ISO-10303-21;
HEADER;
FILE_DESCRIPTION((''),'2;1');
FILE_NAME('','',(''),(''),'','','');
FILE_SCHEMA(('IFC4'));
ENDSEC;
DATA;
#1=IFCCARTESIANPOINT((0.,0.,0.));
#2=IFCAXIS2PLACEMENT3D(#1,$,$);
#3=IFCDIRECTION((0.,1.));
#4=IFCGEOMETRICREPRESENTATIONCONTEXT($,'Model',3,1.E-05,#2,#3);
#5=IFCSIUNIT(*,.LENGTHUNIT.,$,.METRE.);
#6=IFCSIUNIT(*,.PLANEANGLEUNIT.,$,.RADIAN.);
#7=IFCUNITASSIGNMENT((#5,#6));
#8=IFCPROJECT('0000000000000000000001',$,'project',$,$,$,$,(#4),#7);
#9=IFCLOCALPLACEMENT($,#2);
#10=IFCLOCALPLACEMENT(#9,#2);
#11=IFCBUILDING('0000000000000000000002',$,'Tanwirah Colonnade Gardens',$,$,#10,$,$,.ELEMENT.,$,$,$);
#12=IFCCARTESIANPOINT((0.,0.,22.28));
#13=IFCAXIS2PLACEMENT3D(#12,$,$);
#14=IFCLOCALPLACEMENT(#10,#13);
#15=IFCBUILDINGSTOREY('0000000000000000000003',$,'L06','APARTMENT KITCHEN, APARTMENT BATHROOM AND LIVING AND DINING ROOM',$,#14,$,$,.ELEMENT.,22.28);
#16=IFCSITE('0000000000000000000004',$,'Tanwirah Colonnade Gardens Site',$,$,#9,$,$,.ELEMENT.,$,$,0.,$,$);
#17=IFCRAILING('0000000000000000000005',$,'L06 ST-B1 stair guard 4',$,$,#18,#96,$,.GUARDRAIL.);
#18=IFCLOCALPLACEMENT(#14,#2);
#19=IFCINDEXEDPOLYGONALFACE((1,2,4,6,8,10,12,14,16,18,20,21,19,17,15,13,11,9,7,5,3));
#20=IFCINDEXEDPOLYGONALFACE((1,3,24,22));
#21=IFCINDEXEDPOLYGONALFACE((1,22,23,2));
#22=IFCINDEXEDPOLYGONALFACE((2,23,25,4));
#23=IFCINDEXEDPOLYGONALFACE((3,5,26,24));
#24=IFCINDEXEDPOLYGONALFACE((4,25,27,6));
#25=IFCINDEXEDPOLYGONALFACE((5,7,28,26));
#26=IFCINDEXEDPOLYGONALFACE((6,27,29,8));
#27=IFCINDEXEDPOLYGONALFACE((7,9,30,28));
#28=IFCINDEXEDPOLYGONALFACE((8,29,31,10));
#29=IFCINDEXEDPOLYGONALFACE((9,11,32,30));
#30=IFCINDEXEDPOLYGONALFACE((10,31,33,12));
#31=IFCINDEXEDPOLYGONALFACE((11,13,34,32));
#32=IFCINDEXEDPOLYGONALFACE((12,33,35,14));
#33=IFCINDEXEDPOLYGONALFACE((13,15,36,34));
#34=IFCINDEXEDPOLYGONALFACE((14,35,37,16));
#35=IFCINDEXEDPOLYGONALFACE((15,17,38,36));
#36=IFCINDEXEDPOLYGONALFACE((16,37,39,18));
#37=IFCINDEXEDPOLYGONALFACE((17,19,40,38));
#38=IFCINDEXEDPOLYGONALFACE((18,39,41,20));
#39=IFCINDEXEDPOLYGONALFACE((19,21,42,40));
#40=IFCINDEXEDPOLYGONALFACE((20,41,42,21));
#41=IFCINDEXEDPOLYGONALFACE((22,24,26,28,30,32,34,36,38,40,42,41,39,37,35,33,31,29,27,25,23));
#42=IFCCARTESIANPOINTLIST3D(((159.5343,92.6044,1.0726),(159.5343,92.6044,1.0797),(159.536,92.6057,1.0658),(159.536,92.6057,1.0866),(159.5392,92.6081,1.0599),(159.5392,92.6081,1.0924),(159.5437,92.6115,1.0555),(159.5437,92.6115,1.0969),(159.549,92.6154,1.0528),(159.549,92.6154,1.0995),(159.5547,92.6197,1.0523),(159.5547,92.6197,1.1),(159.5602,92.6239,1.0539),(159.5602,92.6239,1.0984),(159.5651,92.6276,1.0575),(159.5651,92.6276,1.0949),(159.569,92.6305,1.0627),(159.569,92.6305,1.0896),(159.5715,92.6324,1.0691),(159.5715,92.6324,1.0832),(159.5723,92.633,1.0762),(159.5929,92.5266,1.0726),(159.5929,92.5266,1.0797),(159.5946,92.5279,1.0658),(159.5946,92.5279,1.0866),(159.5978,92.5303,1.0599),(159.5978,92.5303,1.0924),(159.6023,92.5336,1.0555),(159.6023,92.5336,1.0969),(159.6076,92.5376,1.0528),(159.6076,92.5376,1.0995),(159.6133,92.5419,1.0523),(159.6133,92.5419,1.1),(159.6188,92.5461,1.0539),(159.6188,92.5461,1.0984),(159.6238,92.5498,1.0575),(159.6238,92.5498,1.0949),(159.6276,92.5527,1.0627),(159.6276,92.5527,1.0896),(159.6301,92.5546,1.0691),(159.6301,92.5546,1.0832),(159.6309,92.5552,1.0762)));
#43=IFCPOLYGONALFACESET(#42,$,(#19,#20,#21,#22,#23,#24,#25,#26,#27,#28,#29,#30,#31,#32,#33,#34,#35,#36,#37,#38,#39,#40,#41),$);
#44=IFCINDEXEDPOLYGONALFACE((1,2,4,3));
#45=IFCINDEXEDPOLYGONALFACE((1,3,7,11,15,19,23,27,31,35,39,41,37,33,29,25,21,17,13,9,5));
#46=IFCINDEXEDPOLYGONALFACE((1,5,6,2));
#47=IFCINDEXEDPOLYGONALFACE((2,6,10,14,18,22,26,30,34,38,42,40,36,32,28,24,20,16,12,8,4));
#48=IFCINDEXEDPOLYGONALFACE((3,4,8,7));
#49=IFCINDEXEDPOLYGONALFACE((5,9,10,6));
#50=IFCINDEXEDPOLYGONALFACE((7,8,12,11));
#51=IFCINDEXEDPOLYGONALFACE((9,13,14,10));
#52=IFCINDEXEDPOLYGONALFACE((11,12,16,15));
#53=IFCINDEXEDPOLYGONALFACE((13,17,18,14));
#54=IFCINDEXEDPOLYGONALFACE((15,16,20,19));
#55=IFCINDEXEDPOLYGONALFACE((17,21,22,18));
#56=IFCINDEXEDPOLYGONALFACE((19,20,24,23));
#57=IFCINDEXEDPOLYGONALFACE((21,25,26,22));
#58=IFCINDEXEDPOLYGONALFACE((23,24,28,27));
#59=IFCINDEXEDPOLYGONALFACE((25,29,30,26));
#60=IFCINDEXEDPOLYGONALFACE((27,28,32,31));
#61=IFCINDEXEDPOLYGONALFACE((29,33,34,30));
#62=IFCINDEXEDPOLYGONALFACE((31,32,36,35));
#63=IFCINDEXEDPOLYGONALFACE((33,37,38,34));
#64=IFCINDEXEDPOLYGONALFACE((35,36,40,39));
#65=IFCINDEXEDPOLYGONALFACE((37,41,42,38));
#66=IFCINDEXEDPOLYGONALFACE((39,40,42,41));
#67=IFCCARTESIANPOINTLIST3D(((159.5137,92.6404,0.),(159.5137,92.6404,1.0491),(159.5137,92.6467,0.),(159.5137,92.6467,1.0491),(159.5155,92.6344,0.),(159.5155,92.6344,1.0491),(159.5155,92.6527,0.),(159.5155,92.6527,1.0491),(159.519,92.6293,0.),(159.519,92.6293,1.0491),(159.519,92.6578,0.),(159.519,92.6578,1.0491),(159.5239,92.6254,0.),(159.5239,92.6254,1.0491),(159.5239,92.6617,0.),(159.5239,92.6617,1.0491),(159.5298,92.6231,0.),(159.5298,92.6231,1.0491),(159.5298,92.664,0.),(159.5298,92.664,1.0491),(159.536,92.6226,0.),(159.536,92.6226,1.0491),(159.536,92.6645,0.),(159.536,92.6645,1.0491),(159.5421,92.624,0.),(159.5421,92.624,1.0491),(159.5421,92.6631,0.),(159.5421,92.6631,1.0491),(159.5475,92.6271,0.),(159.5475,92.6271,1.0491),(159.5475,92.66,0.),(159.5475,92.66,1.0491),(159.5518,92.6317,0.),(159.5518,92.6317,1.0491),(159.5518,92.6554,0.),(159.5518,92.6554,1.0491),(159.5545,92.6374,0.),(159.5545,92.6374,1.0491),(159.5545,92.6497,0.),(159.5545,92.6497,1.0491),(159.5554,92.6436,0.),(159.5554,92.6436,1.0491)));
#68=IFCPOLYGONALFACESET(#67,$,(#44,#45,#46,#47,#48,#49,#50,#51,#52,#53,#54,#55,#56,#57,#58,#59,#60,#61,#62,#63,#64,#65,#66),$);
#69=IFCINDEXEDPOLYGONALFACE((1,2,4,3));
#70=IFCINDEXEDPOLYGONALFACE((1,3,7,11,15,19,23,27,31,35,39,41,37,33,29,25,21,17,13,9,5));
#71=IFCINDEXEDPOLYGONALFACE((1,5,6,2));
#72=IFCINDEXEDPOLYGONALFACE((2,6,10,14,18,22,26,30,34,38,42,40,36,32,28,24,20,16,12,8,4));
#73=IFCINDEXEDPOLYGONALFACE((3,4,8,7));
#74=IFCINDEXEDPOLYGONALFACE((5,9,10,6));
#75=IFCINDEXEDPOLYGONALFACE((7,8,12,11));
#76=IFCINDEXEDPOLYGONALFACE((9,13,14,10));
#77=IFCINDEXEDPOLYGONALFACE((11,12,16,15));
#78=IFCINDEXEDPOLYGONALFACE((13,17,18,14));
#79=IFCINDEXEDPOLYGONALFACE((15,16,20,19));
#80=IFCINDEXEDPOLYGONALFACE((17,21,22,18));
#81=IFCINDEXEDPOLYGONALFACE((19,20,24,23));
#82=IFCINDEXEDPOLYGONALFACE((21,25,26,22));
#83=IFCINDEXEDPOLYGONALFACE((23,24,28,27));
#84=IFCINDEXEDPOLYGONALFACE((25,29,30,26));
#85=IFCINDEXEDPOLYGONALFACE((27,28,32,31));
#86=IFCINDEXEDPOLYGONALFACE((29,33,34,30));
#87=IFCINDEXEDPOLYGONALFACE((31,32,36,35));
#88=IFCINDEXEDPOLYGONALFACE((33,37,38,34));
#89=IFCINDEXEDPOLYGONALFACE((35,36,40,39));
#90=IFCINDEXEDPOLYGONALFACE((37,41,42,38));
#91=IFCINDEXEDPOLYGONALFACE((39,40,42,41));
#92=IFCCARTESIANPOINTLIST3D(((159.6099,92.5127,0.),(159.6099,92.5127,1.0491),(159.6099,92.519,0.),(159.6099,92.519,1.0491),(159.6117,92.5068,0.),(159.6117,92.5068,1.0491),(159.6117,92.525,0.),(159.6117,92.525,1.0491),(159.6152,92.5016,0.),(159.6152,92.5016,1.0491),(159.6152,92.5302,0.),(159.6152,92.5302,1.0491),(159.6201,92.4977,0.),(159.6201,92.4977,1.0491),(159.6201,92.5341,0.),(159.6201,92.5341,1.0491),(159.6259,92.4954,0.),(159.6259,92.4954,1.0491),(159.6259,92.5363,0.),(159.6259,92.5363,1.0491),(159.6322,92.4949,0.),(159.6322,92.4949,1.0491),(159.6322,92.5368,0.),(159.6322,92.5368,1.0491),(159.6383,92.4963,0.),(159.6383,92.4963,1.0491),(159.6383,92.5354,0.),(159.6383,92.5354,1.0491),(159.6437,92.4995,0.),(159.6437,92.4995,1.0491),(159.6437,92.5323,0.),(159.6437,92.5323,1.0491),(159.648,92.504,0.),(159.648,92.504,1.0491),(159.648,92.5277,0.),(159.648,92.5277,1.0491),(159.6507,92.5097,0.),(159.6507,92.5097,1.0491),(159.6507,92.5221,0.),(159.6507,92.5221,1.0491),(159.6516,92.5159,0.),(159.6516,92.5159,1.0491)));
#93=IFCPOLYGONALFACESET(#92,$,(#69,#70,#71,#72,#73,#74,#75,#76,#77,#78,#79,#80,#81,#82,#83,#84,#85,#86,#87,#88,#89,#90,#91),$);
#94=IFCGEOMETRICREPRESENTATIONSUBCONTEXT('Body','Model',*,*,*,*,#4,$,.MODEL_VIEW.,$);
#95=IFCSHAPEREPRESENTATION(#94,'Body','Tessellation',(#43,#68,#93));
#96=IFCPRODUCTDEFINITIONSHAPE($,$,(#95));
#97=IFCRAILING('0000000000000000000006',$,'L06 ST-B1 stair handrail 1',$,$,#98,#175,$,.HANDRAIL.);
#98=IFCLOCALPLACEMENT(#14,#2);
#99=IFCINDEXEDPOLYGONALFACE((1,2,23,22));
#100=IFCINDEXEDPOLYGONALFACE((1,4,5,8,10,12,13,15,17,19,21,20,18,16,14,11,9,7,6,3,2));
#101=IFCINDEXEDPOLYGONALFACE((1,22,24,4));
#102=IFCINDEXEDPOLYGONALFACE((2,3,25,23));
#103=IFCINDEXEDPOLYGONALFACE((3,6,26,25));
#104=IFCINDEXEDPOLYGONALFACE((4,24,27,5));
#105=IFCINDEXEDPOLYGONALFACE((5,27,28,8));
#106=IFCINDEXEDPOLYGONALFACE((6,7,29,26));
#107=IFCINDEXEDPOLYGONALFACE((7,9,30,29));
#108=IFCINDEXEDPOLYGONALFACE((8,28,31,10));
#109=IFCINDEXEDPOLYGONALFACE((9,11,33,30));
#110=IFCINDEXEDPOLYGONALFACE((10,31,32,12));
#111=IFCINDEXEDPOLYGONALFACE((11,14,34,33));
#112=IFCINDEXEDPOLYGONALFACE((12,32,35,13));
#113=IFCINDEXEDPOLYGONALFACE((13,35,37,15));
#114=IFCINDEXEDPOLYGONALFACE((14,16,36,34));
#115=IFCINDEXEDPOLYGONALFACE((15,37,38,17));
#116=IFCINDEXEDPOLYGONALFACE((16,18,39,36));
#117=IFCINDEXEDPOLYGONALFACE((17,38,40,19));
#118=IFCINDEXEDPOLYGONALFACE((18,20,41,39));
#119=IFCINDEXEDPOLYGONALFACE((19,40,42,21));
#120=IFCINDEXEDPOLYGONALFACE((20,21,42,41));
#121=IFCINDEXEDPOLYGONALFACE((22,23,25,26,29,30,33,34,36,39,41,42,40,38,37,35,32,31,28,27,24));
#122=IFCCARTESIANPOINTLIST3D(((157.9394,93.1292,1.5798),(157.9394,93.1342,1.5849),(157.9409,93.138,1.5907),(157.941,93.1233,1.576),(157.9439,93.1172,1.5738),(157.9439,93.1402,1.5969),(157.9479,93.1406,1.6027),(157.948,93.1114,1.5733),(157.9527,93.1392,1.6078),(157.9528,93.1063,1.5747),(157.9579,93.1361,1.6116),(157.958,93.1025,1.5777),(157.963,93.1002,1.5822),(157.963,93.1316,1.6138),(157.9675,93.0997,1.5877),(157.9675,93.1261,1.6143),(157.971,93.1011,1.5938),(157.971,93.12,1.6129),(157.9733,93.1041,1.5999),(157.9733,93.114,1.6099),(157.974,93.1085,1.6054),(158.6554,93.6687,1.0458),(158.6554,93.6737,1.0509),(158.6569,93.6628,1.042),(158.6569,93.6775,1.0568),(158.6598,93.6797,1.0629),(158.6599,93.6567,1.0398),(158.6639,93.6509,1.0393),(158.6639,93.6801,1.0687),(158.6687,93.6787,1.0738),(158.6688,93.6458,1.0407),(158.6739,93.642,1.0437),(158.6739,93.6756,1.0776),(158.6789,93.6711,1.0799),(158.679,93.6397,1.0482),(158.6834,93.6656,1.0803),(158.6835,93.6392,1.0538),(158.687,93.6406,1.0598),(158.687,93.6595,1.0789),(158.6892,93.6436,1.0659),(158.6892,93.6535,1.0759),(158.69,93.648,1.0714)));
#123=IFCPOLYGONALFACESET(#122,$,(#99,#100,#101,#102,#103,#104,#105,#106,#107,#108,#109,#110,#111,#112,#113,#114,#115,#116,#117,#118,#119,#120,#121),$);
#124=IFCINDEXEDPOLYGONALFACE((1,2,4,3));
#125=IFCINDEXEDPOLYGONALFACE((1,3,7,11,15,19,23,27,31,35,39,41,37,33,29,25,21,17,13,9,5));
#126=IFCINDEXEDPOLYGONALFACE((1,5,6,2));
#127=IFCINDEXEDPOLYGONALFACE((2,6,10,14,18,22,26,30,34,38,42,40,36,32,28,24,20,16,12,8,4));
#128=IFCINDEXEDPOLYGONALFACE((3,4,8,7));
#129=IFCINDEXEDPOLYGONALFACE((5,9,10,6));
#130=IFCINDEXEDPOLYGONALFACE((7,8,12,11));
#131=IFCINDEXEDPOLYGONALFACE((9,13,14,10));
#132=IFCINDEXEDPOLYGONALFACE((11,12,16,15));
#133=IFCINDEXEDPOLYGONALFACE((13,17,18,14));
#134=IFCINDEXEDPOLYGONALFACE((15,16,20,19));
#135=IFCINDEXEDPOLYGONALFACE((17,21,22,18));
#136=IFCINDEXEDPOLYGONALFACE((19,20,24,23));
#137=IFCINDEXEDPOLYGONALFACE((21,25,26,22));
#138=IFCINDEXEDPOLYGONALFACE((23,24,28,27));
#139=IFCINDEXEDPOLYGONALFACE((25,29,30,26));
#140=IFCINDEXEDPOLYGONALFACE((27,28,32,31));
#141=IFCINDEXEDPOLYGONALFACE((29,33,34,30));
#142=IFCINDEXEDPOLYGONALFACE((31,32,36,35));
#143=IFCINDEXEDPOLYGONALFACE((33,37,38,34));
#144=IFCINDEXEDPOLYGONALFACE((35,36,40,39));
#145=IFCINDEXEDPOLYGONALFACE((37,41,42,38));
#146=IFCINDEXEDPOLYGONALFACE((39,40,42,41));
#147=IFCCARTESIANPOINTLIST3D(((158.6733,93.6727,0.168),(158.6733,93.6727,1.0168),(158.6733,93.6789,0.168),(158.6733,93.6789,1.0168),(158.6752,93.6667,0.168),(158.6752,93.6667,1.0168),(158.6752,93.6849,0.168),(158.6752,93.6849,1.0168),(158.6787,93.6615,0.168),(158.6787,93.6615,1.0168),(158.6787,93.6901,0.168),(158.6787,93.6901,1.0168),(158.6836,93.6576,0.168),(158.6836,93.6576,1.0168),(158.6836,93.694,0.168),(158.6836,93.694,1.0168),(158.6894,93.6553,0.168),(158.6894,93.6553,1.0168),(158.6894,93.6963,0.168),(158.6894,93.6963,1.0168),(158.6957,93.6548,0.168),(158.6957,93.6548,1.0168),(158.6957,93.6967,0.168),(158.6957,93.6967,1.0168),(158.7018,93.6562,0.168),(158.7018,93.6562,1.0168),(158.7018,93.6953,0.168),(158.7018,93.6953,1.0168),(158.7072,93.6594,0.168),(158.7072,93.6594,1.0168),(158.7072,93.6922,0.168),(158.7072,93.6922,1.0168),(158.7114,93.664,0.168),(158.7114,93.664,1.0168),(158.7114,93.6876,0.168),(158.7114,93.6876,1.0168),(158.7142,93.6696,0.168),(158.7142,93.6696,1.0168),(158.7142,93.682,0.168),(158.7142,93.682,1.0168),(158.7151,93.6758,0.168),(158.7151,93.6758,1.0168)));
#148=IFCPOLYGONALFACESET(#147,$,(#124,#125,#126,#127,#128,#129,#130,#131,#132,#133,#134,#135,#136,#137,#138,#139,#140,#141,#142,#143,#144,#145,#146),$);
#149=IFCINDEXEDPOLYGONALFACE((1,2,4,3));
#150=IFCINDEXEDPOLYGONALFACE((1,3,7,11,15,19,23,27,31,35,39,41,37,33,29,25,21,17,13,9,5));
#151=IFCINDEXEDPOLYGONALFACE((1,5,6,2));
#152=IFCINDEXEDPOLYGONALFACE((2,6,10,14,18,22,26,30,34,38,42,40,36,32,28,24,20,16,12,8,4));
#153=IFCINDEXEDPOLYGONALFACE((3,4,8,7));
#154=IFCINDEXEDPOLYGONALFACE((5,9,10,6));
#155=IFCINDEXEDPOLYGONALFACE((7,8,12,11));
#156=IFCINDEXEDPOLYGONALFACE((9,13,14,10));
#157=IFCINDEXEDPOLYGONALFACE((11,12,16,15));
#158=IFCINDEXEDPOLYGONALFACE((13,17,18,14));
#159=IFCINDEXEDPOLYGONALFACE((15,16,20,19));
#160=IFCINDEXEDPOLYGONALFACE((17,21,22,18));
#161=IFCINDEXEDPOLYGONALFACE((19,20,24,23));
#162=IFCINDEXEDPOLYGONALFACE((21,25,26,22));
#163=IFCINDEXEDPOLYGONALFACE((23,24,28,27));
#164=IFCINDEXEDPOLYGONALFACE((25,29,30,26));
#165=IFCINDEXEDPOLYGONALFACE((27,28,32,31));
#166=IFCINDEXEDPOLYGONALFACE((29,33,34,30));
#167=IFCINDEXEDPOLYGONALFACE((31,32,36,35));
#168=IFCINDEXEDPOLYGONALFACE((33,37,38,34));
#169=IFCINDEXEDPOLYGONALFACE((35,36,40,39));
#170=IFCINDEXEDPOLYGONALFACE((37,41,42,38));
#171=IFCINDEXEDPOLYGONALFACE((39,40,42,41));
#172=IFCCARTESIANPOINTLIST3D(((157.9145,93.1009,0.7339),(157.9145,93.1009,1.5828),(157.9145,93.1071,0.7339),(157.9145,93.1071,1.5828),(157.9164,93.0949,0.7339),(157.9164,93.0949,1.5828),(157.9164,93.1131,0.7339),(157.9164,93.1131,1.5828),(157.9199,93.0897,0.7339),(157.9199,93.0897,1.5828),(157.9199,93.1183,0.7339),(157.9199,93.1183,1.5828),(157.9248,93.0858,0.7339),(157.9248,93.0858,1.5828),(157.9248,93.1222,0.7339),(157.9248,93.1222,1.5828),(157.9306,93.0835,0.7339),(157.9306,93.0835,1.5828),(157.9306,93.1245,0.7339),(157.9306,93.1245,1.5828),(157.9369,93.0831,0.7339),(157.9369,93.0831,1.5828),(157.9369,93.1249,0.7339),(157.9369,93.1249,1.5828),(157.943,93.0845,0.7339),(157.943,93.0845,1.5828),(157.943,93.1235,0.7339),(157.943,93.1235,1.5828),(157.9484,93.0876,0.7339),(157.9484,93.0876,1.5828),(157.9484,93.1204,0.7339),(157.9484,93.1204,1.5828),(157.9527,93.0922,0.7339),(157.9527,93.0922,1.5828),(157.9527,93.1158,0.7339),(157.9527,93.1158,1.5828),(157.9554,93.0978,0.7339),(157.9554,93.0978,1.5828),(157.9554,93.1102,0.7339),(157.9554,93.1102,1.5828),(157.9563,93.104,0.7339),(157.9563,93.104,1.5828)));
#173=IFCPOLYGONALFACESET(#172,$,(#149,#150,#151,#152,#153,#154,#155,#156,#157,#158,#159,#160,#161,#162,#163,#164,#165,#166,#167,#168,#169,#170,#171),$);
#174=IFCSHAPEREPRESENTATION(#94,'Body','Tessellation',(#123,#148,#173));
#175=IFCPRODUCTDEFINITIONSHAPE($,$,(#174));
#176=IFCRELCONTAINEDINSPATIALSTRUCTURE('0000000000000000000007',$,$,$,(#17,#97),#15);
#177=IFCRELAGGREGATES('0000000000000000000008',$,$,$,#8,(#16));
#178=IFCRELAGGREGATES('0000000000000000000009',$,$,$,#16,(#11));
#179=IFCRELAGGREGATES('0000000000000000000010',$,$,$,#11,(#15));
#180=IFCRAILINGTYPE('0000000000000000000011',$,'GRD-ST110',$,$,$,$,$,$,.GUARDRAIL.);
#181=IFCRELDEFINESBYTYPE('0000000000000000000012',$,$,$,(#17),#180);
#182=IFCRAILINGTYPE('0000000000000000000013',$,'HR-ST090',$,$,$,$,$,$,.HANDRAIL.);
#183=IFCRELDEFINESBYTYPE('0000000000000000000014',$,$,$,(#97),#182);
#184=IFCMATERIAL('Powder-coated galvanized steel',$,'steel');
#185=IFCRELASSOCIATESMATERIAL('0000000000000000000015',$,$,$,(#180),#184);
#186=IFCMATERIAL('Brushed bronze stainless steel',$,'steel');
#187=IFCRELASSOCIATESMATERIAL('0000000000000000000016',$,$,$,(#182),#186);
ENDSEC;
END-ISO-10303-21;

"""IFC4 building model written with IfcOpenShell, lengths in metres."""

from ifc_helpers import new_model, si_unit, direction, frame, origin, origin_2d, place, context, subcontext, project, spatial, circle, extrude, material, type_object, element, save


model = new_model("IFC4")

# Units and contexts
model_context = context("Model", 3, precision=1e-05, world=origin(), true_north=direction((0.0, 1.0)))
body_context = subcontext(model_context, "Body", "Model", "MODEL_VIEW")
ifc_project = project(units=[si_unit("LENGTHUNIT", "METRE"), si_unit("PLANEANGLEUNIT", "RADIAN")], contexts=[model_context])

# Site, building, storey
site_placement = place(None, origin())
site = spatial("IfcSite", under=ifc_project, at=site_placement, Name="Tanwirah Colonnade Gardens Site", CompositionType="ELEMENT", RefElevation=0.0)
building_placement = place(site_placement, origin())
building = spatial("IfcBuilding", under=site, at=building_placement, Name="Tanwirah Colonnade Gardens", CompositionType="ELEMENT")
storey_placement = place(building_placement, frame((0.0, 0.0, 22.28)))
storey = spatial("IfcBuildingStorey", under=building, at=storey_placement, Name="L06", Description="APARTMENT KITCHEN, APARTMENT BATHROOM AND LIVING AND DINING ROOM", CompositionType="ELEMENT", Elevation=22.28)

# Railings
ifc_material_1 = material(Name="Powder-coated galvanized steel", Category="steel")
railing_type_1 = type_object("IfcRailingType", Name="GRD-ST110", PredefinedType="GUARDRAIL", material=ifc_material_1)
railing_1_placement = place(storey_placement, frame((159.5344, 92.6436, 0.0)))
element("IfcRailing", 1, at=railing_1_placement, inside=storey, type_object=railing_type_1, Name="L06 ST-B1 stair guard 4", PredefinedType="GUARDRAIL", context=body_context, shape_type="SweptSolid", body=[
    extrude(circle(Radius=0.0239, at=origin_2d()), frame((0.0188, -0.0249, 1.0762), z_axis=(0.601709, -0.798715, 0.0), x_axis=(0.798715, 0.601709, 0.0)), (0.0, 0.0, 1.0), 0.0974),
    extrude(circle(Radius=0.021, at=origin_2d()), origin(), (0.0, 0.0, 1.0), 1.0491),
    extrude(circle(Radius=0.021, at=origin_2d()), frame((0.0962, -0.1277, 0.0)), (0.0, 0.0, 1.0), 1.0491),
])
ifc_material_2 = material(Name="Brushed bronze stainless steel", Category="steel")
railing_type_2 = type_object("IfcRailingType", Name="HR-ST090", PredefinedType="HANDRAIL", material=ifc_material_2)
railing_2_placement = place(storey_placement, frame((158.6941, 93.6758, 0.168)))
element("IfcRailing", 2, at=railing_2_placement, inside=storey, type_object=railing_type_2, Name="L06 ST-B1 stair handrail 1", PredefinedType="HANDRAIL", context=body_context, shape_type="SweptSolid", body=[
    extrude(circle(Radius=0.0239, at=origin_2d()), frame((-0.0215, -0.0161, 0.8918), z_axis=(-0.686145, -0.517037, 0.511739), x_axis=(0.601807, -0.798641, 0.0)), (0.0, 0.0, 1.0), 1.0435),
    extrude(circle(Radius=0.021, at=origin_2d()), origin(), (0.0, 0.0, 1.0), 0.8489),
    extrude(circle(Radius=0.021, at=origin_2d()), frame((-0.7588, -0.5718, 0.5659)), (0.0, 0.0, 1.0), 0.8489),
])

save(model, "model.ifc")
